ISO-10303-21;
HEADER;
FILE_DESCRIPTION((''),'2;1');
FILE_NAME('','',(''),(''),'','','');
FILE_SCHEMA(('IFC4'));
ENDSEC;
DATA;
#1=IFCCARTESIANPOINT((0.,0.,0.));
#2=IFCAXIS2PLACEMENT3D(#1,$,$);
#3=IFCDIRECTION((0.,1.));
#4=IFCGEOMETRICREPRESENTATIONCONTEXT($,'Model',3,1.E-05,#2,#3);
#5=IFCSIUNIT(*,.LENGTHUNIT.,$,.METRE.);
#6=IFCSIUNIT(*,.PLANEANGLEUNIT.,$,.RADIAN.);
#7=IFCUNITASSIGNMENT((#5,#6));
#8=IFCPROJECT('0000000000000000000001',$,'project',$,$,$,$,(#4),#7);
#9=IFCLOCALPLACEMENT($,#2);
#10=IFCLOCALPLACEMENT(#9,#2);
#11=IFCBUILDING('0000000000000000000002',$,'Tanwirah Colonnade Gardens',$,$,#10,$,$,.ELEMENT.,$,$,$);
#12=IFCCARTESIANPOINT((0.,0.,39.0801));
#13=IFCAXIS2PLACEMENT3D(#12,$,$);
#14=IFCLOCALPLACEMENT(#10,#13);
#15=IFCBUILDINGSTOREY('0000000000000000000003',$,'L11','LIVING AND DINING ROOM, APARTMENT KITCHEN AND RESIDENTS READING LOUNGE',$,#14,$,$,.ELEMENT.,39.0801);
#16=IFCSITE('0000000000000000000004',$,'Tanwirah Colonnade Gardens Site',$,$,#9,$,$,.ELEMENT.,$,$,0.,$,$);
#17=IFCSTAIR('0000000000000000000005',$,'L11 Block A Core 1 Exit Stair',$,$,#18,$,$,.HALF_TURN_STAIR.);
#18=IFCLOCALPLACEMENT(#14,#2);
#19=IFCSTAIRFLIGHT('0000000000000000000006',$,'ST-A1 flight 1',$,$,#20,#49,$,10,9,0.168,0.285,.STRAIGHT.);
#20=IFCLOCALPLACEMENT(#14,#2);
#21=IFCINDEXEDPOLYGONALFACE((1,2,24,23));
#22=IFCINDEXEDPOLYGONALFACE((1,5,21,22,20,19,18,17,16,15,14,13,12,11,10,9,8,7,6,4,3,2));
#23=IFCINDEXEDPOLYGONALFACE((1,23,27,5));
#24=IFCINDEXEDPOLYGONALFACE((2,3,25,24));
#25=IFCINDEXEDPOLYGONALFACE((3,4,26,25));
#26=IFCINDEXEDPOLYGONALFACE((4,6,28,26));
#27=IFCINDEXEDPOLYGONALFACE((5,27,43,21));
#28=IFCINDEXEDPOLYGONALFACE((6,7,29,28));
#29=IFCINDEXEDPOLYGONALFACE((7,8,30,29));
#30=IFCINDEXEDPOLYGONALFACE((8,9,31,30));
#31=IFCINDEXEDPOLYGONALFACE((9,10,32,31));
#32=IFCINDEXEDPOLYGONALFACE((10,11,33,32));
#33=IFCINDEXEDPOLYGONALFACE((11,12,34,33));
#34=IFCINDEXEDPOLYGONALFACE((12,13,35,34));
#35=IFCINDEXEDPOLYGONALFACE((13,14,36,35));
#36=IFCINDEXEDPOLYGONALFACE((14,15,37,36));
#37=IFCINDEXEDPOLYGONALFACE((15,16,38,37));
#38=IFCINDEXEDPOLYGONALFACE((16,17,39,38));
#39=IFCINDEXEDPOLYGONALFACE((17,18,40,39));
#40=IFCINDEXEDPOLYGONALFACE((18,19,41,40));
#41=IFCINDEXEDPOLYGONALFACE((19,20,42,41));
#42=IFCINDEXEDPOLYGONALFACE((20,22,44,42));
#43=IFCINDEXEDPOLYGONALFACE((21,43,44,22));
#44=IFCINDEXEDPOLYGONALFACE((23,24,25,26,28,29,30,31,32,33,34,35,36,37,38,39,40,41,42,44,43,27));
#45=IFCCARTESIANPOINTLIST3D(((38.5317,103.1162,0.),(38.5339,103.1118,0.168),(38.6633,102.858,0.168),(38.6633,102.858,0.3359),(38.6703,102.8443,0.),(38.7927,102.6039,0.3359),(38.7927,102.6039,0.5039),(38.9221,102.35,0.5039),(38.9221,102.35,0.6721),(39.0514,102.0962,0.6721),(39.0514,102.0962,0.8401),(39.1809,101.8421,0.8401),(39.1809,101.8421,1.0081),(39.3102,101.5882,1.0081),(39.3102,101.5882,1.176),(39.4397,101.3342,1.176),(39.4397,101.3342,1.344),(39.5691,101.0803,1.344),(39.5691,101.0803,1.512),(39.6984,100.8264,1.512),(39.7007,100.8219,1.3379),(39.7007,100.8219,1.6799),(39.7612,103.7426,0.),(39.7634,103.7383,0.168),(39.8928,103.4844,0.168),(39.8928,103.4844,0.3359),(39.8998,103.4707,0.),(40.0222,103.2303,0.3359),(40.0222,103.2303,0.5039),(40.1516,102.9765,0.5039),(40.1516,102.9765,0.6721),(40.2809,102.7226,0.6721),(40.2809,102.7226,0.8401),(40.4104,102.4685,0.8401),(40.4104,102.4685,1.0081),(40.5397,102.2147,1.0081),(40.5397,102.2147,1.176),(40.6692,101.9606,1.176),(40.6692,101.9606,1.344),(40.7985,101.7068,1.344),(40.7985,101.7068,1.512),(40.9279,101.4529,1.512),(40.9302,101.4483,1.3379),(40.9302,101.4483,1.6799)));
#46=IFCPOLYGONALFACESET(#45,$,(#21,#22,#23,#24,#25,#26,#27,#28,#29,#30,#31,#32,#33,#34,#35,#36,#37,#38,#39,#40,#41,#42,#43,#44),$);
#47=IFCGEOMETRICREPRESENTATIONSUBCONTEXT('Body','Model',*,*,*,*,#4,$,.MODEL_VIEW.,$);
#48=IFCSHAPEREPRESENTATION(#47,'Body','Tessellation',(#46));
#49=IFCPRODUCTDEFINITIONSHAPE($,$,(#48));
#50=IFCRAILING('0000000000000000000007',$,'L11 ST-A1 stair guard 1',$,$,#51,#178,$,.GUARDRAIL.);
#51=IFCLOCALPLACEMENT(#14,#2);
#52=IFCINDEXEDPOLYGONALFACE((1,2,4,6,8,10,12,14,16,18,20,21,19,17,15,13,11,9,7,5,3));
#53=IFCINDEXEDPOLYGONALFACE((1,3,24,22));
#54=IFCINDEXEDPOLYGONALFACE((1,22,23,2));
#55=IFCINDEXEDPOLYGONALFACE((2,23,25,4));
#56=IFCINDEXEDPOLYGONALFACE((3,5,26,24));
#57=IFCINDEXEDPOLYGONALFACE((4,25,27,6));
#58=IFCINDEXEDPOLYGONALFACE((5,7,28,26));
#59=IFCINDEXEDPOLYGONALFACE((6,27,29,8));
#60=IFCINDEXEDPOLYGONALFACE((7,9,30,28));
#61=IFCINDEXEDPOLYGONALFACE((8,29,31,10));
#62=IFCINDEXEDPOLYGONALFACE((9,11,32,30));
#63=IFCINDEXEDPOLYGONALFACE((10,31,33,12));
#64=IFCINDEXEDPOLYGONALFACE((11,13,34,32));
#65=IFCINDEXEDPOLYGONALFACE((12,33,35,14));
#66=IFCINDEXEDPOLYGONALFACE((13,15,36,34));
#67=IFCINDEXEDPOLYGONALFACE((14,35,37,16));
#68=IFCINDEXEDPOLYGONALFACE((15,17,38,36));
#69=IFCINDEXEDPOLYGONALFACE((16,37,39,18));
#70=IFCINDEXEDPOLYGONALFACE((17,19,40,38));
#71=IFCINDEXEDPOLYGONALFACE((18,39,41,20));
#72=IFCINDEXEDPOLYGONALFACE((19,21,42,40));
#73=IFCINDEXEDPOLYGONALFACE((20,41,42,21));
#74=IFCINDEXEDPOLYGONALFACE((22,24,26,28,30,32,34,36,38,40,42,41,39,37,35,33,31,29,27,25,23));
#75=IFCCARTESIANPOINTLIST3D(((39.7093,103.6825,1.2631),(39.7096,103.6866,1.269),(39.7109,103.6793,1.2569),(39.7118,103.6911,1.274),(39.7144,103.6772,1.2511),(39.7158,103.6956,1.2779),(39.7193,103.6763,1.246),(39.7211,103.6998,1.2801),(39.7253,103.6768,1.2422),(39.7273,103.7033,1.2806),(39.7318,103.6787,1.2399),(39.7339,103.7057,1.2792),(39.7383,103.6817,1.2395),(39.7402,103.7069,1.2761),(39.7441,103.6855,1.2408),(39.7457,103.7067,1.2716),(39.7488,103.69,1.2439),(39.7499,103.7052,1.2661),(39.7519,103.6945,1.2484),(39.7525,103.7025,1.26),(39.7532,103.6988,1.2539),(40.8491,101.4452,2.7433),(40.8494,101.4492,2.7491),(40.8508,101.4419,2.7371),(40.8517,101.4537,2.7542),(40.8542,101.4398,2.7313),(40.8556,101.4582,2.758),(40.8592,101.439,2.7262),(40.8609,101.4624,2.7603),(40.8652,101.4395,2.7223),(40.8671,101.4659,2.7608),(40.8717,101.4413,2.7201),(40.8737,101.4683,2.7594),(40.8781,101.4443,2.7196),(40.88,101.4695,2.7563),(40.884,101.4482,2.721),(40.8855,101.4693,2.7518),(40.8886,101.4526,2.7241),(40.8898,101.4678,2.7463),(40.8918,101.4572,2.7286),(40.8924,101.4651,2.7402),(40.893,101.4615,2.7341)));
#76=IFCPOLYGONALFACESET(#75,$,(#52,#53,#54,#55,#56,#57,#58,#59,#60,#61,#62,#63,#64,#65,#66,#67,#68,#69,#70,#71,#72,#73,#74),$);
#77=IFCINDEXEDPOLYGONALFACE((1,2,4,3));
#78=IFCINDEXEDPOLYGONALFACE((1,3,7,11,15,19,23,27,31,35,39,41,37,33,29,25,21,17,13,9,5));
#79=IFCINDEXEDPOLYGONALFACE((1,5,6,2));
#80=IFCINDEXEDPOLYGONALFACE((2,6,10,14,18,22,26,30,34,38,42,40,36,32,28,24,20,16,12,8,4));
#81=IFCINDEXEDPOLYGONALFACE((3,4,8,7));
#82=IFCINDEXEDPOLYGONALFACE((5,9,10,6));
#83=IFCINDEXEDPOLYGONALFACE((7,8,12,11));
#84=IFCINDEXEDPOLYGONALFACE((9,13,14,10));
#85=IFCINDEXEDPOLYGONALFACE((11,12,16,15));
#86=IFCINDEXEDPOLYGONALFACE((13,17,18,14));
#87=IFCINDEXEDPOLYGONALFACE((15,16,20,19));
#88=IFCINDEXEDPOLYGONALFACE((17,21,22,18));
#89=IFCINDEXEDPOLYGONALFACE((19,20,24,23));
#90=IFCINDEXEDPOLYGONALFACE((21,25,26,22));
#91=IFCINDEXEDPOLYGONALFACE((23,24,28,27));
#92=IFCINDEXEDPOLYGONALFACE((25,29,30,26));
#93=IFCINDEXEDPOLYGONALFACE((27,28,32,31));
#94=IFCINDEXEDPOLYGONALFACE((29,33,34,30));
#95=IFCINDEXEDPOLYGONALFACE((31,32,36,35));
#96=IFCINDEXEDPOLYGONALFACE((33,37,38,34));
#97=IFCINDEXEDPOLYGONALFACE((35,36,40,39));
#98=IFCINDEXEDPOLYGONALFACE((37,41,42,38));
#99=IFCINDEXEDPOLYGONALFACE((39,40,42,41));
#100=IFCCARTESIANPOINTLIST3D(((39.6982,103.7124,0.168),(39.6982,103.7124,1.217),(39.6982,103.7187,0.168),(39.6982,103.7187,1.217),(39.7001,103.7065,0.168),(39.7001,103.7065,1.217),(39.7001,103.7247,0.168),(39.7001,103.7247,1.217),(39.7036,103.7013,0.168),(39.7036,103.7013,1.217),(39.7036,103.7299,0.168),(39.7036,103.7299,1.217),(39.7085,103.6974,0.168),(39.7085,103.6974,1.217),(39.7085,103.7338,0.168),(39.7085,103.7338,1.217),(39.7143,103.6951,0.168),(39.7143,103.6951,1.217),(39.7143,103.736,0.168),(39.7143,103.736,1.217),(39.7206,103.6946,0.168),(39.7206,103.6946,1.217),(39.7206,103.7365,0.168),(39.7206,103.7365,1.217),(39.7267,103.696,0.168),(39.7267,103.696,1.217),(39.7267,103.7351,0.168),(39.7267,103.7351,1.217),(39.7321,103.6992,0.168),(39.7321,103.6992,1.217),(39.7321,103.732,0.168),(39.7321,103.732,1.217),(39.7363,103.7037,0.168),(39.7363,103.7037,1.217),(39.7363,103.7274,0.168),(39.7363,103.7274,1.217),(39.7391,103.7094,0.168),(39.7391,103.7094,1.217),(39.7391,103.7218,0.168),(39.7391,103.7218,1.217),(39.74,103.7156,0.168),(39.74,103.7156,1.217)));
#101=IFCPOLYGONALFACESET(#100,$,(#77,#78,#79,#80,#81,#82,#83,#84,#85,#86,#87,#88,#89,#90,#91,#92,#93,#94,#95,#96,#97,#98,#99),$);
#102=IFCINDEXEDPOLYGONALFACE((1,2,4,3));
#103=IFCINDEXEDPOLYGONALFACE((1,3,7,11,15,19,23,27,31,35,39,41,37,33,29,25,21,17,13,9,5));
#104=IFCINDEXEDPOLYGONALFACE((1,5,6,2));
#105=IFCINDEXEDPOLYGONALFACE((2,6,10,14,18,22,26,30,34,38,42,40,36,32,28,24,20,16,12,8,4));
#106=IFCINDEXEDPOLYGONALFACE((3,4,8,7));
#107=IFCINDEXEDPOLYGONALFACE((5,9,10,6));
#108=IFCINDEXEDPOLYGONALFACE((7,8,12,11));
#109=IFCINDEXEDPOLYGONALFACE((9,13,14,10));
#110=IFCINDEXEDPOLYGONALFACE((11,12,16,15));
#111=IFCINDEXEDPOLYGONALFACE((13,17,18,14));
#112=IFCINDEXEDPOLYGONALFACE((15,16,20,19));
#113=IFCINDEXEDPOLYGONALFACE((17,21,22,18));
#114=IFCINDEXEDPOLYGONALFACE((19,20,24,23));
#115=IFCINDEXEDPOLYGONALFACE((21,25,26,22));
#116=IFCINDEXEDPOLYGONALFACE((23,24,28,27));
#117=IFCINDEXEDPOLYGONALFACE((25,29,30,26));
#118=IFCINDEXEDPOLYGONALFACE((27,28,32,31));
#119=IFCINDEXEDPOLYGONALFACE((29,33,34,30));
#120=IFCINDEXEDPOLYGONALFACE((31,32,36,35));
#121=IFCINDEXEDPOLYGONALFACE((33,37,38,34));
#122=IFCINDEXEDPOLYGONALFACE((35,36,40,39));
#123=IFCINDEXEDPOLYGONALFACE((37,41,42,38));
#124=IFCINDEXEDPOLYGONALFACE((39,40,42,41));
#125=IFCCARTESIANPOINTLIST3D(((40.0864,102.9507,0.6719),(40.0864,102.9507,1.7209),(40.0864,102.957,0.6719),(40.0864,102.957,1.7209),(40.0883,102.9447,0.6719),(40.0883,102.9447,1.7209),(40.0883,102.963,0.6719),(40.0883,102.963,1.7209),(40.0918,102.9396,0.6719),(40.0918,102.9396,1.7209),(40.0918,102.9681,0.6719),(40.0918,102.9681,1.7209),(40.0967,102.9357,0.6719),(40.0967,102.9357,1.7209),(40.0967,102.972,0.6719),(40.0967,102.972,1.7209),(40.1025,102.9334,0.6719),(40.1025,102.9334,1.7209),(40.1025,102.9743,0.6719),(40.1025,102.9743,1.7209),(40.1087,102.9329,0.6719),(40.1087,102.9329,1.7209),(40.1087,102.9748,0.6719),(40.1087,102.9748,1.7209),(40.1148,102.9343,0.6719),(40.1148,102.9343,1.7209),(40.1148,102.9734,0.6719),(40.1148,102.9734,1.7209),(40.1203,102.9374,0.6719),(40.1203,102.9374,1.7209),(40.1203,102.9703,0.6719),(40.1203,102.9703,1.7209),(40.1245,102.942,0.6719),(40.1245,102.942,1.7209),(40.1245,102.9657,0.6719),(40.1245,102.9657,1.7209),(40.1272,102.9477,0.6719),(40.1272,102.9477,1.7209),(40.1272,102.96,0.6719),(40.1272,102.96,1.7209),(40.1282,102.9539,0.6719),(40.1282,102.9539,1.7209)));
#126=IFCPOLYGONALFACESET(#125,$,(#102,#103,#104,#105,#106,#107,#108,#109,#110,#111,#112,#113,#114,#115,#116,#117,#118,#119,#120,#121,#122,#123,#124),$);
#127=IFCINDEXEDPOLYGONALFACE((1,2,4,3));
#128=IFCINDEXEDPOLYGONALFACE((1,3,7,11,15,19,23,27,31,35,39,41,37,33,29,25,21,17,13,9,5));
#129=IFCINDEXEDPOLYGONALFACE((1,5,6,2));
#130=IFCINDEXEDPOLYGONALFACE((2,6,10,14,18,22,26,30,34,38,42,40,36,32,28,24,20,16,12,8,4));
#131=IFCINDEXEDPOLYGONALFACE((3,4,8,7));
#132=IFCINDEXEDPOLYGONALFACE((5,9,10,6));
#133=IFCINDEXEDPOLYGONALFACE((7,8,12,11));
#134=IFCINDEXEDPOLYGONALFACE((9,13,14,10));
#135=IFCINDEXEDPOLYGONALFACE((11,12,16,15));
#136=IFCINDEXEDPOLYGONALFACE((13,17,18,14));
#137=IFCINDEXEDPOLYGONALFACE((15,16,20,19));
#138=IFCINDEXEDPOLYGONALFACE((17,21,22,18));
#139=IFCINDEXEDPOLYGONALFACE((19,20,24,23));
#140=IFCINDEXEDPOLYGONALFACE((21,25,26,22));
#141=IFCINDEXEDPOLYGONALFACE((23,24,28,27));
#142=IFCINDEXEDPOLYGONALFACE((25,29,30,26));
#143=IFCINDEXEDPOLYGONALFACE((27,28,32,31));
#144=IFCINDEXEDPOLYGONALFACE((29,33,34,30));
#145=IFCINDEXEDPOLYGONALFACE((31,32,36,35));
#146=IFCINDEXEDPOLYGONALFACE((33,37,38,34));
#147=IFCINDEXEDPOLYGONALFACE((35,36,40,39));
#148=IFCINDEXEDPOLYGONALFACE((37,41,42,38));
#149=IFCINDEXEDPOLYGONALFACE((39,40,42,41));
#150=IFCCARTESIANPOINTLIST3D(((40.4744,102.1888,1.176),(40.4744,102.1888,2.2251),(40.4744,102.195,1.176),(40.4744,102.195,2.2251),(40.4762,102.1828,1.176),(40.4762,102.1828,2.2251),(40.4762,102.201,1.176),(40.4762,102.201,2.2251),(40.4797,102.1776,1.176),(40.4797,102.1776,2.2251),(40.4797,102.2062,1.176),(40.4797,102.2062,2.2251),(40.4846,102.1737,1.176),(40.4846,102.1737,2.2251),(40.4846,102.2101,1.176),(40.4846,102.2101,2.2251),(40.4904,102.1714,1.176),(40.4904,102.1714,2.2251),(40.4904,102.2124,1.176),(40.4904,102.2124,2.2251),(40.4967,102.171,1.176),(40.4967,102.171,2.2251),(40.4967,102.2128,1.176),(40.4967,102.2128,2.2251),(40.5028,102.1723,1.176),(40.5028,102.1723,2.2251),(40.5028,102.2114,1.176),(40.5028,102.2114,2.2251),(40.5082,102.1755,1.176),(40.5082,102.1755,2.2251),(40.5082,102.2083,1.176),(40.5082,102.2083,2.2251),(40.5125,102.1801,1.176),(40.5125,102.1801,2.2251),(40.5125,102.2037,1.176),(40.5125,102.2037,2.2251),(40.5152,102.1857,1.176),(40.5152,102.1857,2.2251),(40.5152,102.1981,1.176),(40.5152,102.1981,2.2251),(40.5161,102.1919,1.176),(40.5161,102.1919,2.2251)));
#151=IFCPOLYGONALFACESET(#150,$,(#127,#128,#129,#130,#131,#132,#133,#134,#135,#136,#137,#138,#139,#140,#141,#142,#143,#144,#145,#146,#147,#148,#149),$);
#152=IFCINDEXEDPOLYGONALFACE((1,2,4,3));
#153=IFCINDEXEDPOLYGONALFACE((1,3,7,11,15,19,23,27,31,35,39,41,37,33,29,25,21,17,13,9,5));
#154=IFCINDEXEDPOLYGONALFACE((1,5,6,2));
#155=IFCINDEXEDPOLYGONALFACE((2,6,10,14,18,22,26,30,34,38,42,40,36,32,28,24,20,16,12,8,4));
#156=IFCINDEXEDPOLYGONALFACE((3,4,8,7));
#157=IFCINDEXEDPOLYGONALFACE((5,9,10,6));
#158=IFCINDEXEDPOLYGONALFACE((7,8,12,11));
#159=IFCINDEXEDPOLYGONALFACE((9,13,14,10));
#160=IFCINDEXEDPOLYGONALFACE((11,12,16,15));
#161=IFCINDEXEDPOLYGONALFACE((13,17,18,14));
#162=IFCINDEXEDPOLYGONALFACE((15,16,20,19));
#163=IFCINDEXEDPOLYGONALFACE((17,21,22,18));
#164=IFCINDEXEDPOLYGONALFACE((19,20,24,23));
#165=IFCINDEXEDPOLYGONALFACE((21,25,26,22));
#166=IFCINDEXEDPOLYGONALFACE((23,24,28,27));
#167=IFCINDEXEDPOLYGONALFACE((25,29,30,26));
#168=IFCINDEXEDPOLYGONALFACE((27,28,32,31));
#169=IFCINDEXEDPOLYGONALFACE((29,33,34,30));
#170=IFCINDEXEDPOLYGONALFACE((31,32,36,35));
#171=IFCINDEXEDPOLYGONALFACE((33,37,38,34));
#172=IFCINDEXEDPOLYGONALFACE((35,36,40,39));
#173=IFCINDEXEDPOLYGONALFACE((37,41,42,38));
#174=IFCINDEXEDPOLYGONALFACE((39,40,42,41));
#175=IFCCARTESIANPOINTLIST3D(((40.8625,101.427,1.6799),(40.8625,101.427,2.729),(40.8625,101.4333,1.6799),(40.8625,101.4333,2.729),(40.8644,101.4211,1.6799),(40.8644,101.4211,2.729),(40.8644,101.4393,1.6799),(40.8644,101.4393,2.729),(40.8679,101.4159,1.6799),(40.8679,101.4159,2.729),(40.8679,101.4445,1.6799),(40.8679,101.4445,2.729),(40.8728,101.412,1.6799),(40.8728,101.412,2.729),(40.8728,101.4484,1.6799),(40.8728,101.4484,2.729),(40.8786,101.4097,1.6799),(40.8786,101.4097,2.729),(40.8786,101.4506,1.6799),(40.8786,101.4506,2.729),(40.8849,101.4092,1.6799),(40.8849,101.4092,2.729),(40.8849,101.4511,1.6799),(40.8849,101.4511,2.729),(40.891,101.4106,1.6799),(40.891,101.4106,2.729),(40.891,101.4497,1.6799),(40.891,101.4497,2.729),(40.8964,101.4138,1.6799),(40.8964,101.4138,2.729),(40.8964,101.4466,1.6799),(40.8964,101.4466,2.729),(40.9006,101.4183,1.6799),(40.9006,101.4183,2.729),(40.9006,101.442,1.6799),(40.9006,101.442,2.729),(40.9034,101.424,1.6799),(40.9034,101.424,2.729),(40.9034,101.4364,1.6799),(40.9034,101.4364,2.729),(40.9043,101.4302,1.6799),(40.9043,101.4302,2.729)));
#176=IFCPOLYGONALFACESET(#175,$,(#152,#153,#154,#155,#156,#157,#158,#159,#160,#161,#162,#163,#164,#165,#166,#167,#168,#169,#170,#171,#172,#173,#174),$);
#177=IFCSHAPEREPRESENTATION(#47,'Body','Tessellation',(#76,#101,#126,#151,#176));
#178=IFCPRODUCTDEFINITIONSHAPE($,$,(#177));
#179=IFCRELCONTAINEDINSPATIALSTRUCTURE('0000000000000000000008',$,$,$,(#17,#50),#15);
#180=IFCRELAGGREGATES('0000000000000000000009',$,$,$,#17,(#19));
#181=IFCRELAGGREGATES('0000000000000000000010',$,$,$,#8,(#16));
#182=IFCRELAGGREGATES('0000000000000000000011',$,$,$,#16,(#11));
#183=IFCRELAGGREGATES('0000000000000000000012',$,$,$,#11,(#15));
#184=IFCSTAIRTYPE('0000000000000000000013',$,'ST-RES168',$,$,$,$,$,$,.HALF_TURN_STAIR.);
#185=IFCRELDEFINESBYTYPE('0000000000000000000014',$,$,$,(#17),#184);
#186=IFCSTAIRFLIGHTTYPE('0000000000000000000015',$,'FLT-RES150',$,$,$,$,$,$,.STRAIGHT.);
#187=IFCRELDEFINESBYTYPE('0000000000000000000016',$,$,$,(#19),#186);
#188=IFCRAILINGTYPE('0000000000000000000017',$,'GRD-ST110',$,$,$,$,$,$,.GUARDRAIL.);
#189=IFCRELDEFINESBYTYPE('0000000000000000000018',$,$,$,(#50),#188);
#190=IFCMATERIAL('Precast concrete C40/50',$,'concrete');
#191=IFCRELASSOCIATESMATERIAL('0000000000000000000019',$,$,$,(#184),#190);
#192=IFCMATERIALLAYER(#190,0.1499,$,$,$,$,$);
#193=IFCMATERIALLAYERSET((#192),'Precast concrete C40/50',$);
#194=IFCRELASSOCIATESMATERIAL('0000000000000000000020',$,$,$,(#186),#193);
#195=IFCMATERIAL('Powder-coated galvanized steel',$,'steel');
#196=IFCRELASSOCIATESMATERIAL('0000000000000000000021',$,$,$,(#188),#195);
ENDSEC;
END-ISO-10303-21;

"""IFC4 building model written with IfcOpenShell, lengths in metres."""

from ifc_helpers import new_model, si_unit, direction, frame, origin, origin_2d, place, context, subcontext, project, spatial, polyline, circle, outline, extrude, material, layer, layer_set, type_object, element, aggregate, save


model = new_model("IFC4")

# Units and contexts
model_context = context("Model", 3, precision=1e-05, world=origin(), true_north=direction((0.0, 1.0)))
body_context = subcontext(model_context, "Body", "Model", "MODEL_VIEW")
ifc_project = project(units=[si_unit("LENGTHUNIT", "METRE"), si_unit("PLANEANGLEUNIT", "RADIAN")], contexts=[model_context])

# Site, building, storey
site_placement = place(None, origin())
site = spatial("IfcSite", under=ifc_project, at=site_placement, Name="Tanwirah Colonnade Gardens Site", CompositionType="ELEMENT", RefElevation=0.0)
building_placement = place(site_placement, origin())
building = spatial("IfcBuilding", under=site, at=building_placement, Name="Tanwirah Colonnade Gardens", CompositionType="ELEMENT")
storey_placement = place(building_placement, frame((0.0, 0.0, 39.0801)))
storey = spatial("IfcBuildingStorey", under=building, at=storey_placement, Name="L11", Description="LIVING AND DINING ROOM, APARTMENT KITCHEN AND RESIDENTS READING LOUNGE", CompositionType="ELEMENT", Elevation=39.0801)

# Shared definitions
ifc_material_1 = material(Name="Precast concrete C40/50", Category="concrete")

# Stair, stair flight
stair_type = type_object("IfcStairType", Name="ST-RES168", PredefinedType="HALF_TURN_STAIR", material=ifc_material_1)
stair_placement = place(storey_placement, origin())
stair = element("IfcStair", 1, at=stair_placement, inside=storey, type_object=stair_type, Name="L11 Block A Core 1 Exit Stair", PredefinedType="HALF_TURN_STAIR")
ifc_layer_1 = layer(ifc_material_1, 0.1499)
ifc_layer_set_1 = layer_set([ifc_layer_1], Name="Precast concrete C40/50")
stair_flight_type = type_object("IfcStairFlightType", Name="FLT-RES150", PredefinedType="STRAIGHT", material=ifc_layer_set_1)
stair_flight_placement = place(storey_placement, frame((39.1487, 103.425, 0.0), z_axis=(0.0, 0.0, 1.0), x_axis=(0.45399, -0.891007, 0.0)))
stair_flight = element("IfcStairFlight", 2, at=stair_flight_placement, type_object=stair_flight_type, Name="ST-A1 flight 1", NumberOfRisers=10, NumberOfTreads=9, PredefinedType="STRAIGHT", RiserHeight=0.168, TreadLength=0.285, context=body_context, shape_type="SweptSolid", body=[
    extrude(outline(polyline([(-0.0049, 0.0), (0.0, 0.168), (0.2849, 0.168), (0.2849, 0.3359), (0.5701, 0.3359), (0.5701, 0.5039), (0.855, 0.5039), (0.855, 0.6721), (1.1399, 0.6721), (1.1399, 0.8401), (1.425, 0.8401), (1.425, 1.0081), (1.71, 1.0081), (1.71, 1.176), (1.9951, 1.176), (1.9951, 1.344), (2.28, 1.344), (2.28, 1.512), (2.5649, 1.512), (2.5701, 1.6799), (2.5701, 1.3379), (0.3003, 0.0), (-0.0049, 0.0)])), frame((0.0, 0.6899, 0.0), z_axis=(0.0, -1.0, 0.0), x_axis=(1.0, 0.0, 0.0)), (0.0, 0.0, 1.0), 1.3799),
])
aggregate(stair, [stair_flight])

# Railing
ifc_material_2 = material(Name="Powder-coated galvanized steel", Category="steel")
railing_type_1 = type_object("IfcRailingType", Name="GRD-ST110", PredefinedType="GUARDRAIL", material=ifc_material_2)
railing_1_placement = place(storey_placement, frame((39.719, 103.7156, 0.168)))
element("IfcRailing", 3, at=railing_1_placement, inside=storey, type_object=railing_type_1, Name="L11 ST-A1 stair guard 1", PredefinedType="GUARDRAIL", context=body_context, shape_type="SweptSolid", body=[
    extrude(circle(Radius=0.0239, at=origin_2d()), frame((0.0122, -0.0239, 1.092), z_axis=(0.391053, -0.767592, 0.507819), x_axis=(0.891032, 0.45394, 0.0)), (0.0, 0.0, 1.0), 2.9148),
    extrude(circle(Radius=0.021, at=origin_2d()), origin(), (0.0, 0.0, 1.0), 1.0491),
    extrude(circle(Radius=0.021, at=origin_2d()), frame((0.3882, -0.7617, 0.5039)), (0.0, 0.0, 1.0), 1.0491),
    extrude(circle(Radius=0.021, at=origin_2d()), frame((0.7761, -1.5237, 1.0081)), (0.0, 0.0, 1.0), 1.0491),
    extrude(circle(Radius=0.021, at=origin_2d()), frame((1.1643, -2.2854, 1.512)), (0.0, 0.0, 1.0), 1.0491),
])

save(model, "model.ifc")
